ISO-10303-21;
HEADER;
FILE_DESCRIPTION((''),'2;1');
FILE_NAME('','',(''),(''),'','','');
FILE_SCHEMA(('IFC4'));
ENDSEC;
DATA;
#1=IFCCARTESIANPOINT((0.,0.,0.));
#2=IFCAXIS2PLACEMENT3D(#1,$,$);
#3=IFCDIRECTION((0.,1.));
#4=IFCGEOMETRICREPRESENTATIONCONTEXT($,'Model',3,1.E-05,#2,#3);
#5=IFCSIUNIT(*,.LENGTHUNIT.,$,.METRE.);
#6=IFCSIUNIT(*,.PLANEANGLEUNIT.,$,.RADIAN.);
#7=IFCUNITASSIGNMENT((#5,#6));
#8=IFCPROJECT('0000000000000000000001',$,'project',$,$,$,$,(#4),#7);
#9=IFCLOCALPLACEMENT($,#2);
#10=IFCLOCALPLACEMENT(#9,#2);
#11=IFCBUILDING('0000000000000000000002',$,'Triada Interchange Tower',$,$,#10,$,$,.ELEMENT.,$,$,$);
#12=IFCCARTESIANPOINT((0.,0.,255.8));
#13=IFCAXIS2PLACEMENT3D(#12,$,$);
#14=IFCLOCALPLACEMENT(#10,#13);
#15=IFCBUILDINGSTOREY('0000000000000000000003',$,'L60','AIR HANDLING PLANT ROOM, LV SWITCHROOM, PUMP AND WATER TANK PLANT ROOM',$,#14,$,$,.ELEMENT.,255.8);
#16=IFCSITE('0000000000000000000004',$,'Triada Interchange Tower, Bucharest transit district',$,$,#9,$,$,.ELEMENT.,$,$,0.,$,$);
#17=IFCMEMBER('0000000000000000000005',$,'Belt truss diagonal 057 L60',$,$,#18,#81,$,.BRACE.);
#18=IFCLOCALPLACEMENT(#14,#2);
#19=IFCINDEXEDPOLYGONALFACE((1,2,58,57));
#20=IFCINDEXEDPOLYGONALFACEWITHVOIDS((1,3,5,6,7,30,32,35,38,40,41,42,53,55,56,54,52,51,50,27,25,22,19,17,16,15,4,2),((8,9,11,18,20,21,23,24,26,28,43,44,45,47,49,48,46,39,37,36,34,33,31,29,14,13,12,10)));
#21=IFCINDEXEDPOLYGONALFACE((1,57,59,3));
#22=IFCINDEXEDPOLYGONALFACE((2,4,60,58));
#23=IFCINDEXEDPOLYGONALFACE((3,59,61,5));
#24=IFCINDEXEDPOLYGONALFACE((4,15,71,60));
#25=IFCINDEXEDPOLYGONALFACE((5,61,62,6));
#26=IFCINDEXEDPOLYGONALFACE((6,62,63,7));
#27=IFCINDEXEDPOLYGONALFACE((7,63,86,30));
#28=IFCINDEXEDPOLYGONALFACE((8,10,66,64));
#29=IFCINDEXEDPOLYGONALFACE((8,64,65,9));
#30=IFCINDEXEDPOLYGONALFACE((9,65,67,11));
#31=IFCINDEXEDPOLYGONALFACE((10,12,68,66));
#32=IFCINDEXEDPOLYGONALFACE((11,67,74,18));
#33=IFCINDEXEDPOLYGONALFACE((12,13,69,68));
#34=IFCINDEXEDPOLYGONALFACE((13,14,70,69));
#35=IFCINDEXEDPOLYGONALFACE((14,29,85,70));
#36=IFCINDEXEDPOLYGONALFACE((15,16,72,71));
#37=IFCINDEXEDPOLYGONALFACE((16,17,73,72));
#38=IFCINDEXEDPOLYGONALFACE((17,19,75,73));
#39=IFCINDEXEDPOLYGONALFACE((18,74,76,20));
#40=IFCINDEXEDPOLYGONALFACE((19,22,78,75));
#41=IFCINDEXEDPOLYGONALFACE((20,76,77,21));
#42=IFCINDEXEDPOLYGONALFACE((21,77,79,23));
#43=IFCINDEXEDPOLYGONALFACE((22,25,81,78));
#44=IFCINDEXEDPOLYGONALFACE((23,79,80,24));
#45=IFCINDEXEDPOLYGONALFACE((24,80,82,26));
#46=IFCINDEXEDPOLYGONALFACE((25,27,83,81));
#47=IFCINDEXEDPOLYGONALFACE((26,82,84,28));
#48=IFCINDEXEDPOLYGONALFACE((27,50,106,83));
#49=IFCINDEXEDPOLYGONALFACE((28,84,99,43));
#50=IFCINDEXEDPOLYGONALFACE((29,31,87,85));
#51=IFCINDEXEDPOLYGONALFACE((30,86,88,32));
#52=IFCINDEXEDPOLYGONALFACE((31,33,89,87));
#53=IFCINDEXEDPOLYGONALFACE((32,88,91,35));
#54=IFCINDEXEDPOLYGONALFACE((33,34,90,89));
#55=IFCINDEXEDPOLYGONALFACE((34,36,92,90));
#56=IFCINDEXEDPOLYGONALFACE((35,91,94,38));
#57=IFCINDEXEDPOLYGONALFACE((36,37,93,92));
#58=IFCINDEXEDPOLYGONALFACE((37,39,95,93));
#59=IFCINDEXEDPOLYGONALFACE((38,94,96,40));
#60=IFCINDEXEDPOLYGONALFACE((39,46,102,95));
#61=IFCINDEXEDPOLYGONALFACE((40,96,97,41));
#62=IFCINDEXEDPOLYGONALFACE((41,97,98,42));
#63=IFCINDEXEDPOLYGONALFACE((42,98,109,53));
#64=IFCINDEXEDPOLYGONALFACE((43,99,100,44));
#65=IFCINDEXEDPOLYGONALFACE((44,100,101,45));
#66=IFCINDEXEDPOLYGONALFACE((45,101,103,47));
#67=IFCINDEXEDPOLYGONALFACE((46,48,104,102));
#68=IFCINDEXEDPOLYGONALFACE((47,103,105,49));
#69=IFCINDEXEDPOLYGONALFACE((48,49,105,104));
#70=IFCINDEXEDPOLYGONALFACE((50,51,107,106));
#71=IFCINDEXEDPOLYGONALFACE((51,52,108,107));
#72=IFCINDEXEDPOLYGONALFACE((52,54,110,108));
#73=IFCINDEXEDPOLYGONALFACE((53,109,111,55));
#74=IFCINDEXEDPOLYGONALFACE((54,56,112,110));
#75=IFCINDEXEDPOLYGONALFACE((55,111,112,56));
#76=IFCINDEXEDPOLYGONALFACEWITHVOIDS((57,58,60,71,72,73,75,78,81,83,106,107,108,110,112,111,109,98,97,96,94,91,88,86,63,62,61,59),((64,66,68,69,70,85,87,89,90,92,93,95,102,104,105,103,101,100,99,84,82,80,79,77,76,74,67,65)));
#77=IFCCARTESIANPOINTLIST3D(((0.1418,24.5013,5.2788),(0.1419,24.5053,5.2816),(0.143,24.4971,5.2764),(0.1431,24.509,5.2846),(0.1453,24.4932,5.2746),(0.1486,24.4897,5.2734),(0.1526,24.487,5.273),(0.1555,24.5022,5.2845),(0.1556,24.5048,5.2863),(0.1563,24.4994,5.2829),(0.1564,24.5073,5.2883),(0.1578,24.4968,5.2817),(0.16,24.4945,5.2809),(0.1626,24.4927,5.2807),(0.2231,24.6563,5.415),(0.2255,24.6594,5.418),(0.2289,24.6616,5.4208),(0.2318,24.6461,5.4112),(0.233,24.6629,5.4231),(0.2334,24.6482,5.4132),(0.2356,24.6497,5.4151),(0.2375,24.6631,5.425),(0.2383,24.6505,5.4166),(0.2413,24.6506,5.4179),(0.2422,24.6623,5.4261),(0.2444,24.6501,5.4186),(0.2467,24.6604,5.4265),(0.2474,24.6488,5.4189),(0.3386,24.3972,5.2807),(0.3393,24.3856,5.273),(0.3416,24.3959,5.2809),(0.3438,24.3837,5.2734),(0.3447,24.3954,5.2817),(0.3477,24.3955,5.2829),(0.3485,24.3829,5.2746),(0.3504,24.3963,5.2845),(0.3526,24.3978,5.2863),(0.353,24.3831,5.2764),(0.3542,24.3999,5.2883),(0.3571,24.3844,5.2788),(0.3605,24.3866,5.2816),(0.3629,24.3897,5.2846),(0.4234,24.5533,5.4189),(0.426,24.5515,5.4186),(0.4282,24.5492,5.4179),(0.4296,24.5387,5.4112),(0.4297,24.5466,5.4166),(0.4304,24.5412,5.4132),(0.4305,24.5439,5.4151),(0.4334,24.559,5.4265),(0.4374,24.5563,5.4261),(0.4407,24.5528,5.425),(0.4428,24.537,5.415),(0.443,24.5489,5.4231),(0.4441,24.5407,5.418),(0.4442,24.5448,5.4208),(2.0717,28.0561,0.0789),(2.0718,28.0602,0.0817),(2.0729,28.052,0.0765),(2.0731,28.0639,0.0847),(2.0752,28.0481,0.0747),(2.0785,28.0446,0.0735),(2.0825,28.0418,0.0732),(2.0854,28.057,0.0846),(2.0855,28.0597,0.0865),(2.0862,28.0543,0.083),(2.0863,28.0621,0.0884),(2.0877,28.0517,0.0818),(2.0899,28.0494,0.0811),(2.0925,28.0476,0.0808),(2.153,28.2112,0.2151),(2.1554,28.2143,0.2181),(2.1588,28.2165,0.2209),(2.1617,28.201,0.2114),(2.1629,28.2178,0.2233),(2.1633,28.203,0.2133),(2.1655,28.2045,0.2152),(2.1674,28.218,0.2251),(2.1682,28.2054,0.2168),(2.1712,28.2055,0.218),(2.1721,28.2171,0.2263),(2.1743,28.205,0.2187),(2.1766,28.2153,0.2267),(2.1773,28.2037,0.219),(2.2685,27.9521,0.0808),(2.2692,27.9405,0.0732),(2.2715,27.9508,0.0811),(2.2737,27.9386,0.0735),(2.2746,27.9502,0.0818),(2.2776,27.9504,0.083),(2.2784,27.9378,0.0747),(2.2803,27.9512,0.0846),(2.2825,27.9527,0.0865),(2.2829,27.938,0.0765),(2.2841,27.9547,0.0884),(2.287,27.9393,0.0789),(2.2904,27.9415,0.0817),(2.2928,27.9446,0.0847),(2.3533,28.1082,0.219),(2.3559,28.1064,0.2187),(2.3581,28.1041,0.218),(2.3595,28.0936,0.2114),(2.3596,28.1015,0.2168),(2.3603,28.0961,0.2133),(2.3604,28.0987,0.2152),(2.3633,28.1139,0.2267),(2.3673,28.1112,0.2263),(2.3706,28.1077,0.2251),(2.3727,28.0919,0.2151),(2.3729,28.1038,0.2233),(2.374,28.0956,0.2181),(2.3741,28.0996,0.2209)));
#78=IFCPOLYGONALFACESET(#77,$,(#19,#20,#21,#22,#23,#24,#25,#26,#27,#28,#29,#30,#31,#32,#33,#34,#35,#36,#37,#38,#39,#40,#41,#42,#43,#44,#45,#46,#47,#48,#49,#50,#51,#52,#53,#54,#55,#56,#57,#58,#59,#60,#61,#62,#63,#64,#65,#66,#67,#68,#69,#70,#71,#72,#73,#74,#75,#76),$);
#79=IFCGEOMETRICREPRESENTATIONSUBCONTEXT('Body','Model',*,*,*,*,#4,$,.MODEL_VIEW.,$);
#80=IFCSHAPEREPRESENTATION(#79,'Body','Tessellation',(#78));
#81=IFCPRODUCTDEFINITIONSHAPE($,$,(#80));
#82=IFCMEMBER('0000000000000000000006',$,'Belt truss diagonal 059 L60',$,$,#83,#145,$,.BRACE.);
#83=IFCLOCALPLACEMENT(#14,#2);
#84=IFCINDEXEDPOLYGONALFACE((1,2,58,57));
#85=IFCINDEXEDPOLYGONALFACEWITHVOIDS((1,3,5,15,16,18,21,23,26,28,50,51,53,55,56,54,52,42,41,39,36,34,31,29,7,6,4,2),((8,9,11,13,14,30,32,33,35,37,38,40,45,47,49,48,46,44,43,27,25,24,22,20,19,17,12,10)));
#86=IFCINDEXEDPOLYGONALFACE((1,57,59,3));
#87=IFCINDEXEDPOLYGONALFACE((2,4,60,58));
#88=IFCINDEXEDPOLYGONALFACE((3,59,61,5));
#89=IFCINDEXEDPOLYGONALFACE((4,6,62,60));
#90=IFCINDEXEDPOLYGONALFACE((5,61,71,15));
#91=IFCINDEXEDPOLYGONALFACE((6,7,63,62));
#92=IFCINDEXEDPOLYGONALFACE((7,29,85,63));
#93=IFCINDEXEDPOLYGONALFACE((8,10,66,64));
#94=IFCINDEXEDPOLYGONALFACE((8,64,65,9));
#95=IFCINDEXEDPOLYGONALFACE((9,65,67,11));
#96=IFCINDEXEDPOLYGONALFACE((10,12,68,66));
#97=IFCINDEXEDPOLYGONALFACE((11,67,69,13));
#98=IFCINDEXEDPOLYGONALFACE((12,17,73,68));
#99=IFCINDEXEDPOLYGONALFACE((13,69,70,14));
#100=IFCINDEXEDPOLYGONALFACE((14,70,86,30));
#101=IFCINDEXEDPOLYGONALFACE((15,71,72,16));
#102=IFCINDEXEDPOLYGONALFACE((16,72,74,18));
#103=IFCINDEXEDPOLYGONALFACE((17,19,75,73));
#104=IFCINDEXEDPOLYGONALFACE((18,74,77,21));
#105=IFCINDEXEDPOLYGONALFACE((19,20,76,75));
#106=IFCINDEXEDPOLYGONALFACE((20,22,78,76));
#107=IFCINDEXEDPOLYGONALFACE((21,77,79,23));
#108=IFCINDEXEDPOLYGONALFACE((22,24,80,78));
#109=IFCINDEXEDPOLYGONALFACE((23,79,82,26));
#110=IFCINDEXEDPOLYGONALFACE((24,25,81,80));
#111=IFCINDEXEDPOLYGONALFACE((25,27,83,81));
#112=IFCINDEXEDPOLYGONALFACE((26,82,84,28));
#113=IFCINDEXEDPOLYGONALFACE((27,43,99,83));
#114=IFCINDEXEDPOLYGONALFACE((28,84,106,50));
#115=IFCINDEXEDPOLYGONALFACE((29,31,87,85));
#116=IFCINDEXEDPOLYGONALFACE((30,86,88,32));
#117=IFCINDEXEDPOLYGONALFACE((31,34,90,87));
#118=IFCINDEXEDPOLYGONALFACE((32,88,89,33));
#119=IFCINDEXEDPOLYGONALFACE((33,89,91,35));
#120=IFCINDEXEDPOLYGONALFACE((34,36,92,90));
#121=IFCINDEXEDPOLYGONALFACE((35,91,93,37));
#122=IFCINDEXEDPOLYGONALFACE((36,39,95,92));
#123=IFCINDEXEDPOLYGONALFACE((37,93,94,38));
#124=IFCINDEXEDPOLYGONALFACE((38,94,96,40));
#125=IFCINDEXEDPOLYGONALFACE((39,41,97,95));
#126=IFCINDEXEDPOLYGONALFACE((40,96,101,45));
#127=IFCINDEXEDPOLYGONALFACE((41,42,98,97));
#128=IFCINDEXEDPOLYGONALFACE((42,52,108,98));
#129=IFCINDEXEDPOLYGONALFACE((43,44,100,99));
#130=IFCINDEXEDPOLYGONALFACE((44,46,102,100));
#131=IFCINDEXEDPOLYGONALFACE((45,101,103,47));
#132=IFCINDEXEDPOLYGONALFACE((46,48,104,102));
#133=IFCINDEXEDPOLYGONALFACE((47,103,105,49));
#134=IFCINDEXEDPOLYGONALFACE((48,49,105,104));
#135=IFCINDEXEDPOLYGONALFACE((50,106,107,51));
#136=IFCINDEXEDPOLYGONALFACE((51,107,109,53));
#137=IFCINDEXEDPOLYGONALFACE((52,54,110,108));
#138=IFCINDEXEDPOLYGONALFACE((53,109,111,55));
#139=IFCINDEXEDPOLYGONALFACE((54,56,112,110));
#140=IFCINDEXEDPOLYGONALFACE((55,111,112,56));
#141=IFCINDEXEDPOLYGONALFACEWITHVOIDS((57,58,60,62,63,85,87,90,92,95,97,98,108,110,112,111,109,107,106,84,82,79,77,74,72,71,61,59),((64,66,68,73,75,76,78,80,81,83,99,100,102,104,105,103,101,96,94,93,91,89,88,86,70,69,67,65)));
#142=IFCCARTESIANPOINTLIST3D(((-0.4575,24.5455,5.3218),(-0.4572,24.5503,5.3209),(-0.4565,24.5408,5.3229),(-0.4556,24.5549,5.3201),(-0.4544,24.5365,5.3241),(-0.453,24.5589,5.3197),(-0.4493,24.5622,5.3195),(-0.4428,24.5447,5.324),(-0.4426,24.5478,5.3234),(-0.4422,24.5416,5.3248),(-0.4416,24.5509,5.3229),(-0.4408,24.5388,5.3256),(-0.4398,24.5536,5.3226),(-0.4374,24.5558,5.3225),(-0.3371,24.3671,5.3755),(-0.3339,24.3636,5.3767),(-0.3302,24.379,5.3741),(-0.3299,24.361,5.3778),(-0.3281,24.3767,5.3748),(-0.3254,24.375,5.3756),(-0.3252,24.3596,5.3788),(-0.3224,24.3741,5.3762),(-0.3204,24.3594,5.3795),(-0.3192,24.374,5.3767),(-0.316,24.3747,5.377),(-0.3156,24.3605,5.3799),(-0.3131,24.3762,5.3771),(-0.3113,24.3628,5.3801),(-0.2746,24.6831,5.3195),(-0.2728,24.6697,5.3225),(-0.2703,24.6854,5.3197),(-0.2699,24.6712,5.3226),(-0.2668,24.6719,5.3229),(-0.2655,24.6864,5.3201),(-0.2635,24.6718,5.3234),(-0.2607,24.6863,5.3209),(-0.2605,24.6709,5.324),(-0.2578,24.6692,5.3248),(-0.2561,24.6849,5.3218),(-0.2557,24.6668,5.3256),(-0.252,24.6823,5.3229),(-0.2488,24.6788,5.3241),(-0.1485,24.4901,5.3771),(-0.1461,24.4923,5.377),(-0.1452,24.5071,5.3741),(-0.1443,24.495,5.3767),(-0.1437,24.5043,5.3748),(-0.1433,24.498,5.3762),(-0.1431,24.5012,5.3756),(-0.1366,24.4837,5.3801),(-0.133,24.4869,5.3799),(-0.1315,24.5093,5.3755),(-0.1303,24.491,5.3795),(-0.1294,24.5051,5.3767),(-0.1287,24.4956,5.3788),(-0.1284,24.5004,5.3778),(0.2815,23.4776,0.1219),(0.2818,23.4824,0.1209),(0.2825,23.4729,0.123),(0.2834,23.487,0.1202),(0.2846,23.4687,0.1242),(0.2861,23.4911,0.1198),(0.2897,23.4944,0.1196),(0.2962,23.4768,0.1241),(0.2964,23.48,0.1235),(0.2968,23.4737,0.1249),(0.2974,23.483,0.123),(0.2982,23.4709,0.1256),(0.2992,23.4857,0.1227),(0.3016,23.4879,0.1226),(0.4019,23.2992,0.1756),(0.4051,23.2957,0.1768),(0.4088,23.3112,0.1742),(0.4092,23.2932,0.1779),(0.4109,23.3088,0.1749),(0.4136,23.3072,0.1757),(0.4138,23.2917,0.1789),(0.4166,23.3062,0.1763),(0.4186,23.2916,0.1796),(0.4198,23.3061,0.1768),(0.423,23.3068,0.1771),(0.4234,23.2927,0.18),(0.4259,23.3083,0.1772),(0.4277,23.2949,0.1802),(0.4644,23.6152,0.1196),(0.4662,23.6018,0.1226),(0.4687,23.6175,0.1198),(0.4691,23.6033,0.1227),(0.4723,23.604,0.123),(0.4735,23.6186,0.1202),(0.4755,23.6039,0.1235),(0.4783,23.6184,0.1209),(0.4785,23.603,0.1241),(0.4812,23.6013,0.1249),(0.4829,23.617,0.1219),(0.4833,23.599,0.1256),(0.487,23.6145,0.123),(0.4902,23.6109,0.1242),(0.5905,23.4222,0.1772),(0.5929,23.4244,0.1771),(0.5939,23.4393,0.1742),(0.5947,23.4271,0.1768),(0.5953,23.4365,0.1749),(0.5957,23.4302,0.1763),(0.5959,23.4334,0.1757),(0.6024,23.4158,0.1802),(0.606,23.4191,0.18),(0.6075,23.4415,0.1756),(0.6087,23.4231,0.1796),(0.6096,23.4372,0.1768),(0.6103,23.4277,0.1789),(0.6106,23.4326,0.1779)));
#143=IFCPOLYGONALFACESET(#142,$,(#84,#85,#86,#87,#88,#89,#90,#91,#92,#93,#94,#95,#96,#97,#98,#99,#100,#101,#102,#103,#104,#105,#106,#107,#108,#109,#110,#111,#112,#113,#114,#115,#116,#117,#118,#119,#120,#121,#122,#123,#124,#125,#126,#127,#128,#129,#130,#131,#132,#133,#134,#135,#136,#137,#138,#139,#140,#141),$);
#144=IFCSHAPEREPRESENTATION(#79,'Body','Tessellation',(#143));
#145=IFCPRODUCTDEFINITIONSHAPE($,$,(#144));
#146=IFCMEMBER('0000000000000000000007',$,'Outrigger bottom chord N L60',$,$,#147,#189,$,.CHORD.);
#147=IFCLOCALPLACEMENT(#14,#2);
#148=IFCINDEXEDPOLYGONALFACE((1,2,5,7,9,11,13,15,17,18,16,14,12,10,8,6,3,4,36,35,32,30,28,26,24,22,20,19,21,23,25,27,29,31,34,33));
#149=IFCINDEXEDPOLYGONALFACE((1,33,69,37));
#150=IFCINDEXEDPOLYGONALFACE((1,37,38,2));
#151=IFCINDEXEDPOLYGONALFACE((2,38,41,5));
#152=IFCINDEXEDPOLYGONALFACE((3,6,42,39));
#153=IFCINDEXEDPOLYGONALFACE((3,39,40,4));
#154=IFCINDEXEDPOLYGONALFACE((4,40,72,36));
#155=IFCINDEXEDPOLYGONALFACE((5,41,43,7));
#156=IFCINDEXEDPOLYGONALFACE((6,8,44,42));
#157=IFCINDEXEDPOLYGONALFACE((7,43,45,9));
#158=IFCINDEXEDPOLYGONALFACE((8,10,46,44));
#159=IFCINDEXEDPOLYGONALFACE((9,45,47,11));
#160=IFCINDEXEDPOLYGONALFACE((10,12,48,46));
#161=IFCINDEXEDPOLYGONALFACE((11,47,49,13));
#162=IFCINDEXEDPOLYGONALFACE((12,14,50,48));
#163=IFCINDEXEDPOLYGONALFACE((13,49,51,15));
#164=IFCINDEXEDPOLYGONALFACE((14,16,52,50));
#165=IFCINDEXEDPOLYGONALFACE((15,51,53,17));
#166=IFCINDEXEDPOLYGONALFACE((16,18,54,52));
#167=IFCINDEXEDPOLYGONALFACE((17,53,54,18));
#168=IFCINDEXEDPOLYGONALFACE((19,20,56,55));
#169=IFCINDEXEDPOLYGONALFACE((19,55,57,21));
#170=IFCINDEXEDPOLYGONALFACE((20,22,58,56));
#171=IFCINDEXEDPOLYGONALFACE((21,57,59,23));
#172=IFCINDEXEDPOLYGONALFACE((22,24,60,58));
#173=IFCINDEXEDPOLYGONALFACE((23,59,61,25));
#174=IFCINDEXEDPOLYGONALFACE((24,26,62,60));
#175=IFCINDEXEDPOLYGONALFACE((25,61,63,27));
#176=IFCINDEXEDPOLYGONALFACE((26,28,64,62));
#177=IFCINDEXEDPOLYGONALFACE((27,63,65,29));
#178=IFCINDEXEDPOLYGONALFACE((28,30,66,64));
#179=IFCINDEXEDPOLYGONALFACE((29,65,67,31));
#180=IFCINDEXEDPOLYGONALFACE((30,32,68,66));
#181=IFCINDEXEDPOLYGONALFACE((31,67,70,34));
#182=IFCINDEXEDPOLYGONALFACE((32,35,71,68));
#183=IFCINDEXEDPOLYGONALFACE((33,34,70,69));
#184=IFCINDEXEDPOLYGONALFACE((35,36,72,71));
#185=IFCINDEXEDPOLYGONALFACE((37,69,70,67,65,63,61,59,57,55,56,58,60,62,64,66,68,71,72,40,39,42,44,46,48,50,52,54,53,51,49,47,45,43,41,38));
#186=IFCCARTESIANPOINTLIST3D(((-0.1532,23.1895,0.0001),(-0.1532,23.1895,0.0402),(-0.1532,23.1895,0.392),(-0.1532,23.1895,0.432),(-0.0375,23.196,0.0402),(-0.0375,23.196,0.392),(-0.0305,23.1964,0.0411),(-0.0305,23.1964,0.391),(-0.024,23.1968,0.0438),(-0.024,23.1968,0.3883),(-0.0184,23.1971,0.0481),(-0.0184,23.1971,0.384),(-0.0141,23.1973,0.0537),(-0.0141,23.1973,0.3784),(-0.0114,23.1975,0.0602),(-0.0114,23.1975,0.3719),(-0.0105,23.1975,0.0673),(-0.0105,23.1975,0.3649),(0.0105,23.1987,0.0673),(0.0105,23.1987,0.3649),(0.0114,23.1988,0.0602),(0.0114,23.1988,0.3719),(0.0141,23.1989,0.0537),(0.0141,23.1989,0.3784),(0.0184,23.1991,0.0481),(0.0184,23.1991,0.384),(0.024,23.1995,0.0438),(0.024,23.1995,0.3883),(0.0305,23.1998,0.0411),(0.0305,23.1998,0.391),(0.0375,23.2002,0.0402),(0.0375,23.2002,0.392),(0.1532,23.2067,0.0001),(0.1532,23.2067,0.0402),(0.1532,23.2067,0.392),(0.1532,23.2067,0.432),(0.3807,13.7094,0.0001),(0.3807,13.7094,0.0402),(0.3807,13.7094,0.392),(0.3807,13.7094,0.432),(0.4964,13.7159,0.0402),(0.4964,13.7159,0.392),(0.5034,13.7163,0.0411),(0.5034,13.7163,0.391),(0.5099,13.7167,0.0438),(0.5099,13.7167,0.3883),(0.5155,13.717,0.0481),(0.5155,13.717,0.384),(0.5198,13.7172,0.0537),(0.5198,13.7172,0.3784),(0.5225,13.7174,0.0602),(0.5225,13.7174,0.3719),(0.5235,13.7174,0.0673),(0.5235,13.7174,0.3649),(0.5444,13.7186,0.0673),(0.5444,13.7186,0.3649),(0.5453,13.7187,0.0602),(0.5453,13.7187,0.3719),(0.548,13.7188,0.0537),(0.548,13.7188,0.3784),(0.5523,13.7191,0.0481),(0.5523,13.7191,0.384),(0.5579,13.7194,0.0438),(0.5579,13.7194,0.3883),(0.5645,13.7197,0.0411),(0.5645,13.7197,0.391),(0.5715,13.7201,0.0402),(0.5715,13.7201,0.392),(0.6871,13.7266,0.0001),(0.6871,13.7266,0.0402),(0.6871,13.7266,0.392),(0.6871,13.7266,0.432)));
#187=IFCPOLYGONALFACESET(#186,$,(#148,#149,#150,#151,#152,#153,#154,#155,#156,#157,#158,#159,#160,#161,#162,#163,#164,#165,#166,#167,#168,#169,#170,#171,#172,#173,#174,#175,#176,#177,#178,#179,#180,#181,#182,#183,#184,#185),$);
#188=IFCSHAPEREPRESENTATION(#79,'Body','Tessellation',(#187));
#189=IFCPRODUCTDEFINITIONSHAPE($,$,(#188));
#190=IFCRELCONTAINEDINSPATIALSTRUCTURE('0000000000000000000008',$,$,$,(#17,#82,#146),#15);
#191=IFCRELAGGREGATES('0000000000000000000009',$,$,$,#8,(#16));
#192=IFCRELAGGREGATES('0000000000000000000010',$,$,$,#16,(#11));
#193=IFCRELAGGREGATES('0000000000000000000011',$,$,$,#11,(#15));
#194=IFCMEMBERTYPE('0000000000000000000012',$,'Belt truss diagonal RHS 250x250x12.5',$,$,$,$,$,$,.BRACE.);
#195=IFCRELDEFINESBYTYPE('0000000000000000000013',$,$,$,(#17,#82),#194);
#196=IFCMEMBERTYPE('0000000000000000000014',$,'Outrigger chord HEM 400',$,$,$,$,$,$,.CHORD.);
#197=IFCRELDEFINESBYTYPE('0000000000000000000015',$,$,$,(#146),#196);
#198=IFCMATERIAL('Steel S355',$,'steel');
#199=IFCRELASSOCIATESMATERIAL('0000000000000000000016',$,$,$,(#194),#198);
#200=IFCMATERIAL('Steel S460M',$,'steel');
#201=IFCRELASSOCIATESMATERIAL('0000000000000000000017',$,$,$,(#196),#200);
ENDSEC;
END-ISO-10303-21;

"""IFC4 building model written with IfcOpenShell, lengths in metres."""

from ifc_helpers import new_model, si_unit, direction, frame, origin, origin_2d, place, context, subcontext, project, spatial, hollow_rectangle, i_section, extrude, material, material_profile, profile_set, type_object, element, save


model = new_model("IFC4")

# Units and contexts
model_context = context("Model", 3, precision=1e-05, world=origin(), true_north=direction((0.0, 1.0)))
body_context = subcontext(model_context, "Body", "Model", "MODEL_VIEW")
ifc_project = project(units=[si_unit("LENGTHUNIT", "METRE"), si_unit("PLANEANGLEUNIT", "RADIAN")], contexts=[model_context])

# Site, building, storey
site_placement = place(None, origin())
site = spatial("IfcSite", under=ifc_project, at=site_placement, Name="Triada Interchange Tower, Bucharest transit district", CompositionType="ELEMENT", RefElevation=0.0)
building_placement = place(site_placement, origin())
building = spatial("IfcBuilding", under=site, at=building_placement, Name="Triada Interchange Tower", CompositionType="ELEMENT")
storey_placement = place(building_placement, frame((0.0, 0.0, 255.8)))
storey = spatial("IfcBuildingStorey", under=building, at=storey_placement, Name="L60", Description="AIR HANDLING PLANT ROOM, LV SWITCHROOM, PUMP AND WATER TANK PLANT ROOM", CompositionType="ELEMENT", Elevation=255.8)

# Members
ifc_material_1 = material(Name="Steel S355", Category="steel")
ifc_material_profile_1 = material_profile(ifc_material_1, hollow_rectangle(XDim=0.25, YDim=0.25, WallThickness=0.0125, InnerFilletRadius=0.0125, OuterFilletRadius=0.0188, at=origin_2d()), Name="RHS 250x250x12.5")
ifc_profile_set_1 = profile_set([ifc_material_profile_1], Name="Steel S355")
member_type_1 = type_object("IfcMemberType", Name="Belt truss diagonal RHS 250x250x12.5", PredefinedType="BRACE", material=ifc_profile_set_1)
member_1_placement = place(storey_placement, frame((2.2229, 28.0779, 0.1499), z_axis=(-0.292947, -0.539608, 0.789307), x_axis=(0.878842, -0.477113, 0.0)))
element("IfcMember", 1, at=member_1_placement, inside=storey, type_object=member_type_1, Name="Belt truss diagonal 057 L60", PredefinedType="BRACE", context=body_context, shape_type="SweptSolid", body=[
    extrude(hollow_rectangle(XDim=0.25, YDim=0.25, WallThickness=0.0125, InnerFilletRadius=0.0125, OuterFilletRadius=0.0188, at=origin_2d()), origin(), (0.0, 0.0, 1.0), 6.5879),
])
member_2_placement = place(storey_placement, frame((0.446, 23.4551, 0.1499), z_axis=(-0.137884, 0.199242, 0.970201), x_axis=(-0.822294, -0.569063, 0.0)))
element("IfcMember", 2, at=member_2_placement, inside=storey, type_object=member_type_1, Name="Belt truss diagonal 059 L60", PredefinedType="BRACE", context=body_context, shape_type="SweptSolid", body=[
    extrude(hollow_rectangle(XDim=0.25, YDim=0.25, WallThickness=0.0125, InnerFilletRadius=0.0125, OuterFilletRadius=0.0188, at=origin_2d()), origin(), (0.0, 0.0, 1.0), 5.3596),
])
ifc_material_2 = material(Name="Steel S460M", Category="steel")
ifc_material_profile_2 = material_profile(ifc_material_2, i_section(OverallWidth=0.3069, OverallDepth=0.4319, WebThickness=0.021, FlangeThickness=0.04, FilletRadius=0.0271, at=origin_2d()), Name="HEM 400")
ifc_profile_set_2 = profile_set([ifc_material_profile_2], Name="Steel S460M")
member_type_2 = type_object("IfcMemberType", Name="Outrigger chord HEM 400", PredefinedType="CHORD", material=ifc_profile_set_2)
for number, where, z_axis, x_axis, name in (
    (3, (0.5339, 13.718, 0.2161), (-0.056233, 0.998418, 0.0), (-0.998418, -0.056233, 0.0), "Outrigger bottom chord N L60"),
):
    element("IfcMember", number, at=place(storey_placement, frame(where, z_axis=z_axis, x_axis=x_axis)), inside=storey, type_object=member_type_2, Name=name, PredefinedType="CHORD", context=body_context, shape_type="SweptSolid", body=[
        extrude(i_section(OverallWidth=0.3069, OverallDepth=0.4319, WebThickness=0.021, FlangeThickness=0.04, FilletRadius=0.0271, at=origin_2d()), origin(), (0.0, 0.0, 1.0), 9.4951),
    ])

save(model, "model.ifc")
